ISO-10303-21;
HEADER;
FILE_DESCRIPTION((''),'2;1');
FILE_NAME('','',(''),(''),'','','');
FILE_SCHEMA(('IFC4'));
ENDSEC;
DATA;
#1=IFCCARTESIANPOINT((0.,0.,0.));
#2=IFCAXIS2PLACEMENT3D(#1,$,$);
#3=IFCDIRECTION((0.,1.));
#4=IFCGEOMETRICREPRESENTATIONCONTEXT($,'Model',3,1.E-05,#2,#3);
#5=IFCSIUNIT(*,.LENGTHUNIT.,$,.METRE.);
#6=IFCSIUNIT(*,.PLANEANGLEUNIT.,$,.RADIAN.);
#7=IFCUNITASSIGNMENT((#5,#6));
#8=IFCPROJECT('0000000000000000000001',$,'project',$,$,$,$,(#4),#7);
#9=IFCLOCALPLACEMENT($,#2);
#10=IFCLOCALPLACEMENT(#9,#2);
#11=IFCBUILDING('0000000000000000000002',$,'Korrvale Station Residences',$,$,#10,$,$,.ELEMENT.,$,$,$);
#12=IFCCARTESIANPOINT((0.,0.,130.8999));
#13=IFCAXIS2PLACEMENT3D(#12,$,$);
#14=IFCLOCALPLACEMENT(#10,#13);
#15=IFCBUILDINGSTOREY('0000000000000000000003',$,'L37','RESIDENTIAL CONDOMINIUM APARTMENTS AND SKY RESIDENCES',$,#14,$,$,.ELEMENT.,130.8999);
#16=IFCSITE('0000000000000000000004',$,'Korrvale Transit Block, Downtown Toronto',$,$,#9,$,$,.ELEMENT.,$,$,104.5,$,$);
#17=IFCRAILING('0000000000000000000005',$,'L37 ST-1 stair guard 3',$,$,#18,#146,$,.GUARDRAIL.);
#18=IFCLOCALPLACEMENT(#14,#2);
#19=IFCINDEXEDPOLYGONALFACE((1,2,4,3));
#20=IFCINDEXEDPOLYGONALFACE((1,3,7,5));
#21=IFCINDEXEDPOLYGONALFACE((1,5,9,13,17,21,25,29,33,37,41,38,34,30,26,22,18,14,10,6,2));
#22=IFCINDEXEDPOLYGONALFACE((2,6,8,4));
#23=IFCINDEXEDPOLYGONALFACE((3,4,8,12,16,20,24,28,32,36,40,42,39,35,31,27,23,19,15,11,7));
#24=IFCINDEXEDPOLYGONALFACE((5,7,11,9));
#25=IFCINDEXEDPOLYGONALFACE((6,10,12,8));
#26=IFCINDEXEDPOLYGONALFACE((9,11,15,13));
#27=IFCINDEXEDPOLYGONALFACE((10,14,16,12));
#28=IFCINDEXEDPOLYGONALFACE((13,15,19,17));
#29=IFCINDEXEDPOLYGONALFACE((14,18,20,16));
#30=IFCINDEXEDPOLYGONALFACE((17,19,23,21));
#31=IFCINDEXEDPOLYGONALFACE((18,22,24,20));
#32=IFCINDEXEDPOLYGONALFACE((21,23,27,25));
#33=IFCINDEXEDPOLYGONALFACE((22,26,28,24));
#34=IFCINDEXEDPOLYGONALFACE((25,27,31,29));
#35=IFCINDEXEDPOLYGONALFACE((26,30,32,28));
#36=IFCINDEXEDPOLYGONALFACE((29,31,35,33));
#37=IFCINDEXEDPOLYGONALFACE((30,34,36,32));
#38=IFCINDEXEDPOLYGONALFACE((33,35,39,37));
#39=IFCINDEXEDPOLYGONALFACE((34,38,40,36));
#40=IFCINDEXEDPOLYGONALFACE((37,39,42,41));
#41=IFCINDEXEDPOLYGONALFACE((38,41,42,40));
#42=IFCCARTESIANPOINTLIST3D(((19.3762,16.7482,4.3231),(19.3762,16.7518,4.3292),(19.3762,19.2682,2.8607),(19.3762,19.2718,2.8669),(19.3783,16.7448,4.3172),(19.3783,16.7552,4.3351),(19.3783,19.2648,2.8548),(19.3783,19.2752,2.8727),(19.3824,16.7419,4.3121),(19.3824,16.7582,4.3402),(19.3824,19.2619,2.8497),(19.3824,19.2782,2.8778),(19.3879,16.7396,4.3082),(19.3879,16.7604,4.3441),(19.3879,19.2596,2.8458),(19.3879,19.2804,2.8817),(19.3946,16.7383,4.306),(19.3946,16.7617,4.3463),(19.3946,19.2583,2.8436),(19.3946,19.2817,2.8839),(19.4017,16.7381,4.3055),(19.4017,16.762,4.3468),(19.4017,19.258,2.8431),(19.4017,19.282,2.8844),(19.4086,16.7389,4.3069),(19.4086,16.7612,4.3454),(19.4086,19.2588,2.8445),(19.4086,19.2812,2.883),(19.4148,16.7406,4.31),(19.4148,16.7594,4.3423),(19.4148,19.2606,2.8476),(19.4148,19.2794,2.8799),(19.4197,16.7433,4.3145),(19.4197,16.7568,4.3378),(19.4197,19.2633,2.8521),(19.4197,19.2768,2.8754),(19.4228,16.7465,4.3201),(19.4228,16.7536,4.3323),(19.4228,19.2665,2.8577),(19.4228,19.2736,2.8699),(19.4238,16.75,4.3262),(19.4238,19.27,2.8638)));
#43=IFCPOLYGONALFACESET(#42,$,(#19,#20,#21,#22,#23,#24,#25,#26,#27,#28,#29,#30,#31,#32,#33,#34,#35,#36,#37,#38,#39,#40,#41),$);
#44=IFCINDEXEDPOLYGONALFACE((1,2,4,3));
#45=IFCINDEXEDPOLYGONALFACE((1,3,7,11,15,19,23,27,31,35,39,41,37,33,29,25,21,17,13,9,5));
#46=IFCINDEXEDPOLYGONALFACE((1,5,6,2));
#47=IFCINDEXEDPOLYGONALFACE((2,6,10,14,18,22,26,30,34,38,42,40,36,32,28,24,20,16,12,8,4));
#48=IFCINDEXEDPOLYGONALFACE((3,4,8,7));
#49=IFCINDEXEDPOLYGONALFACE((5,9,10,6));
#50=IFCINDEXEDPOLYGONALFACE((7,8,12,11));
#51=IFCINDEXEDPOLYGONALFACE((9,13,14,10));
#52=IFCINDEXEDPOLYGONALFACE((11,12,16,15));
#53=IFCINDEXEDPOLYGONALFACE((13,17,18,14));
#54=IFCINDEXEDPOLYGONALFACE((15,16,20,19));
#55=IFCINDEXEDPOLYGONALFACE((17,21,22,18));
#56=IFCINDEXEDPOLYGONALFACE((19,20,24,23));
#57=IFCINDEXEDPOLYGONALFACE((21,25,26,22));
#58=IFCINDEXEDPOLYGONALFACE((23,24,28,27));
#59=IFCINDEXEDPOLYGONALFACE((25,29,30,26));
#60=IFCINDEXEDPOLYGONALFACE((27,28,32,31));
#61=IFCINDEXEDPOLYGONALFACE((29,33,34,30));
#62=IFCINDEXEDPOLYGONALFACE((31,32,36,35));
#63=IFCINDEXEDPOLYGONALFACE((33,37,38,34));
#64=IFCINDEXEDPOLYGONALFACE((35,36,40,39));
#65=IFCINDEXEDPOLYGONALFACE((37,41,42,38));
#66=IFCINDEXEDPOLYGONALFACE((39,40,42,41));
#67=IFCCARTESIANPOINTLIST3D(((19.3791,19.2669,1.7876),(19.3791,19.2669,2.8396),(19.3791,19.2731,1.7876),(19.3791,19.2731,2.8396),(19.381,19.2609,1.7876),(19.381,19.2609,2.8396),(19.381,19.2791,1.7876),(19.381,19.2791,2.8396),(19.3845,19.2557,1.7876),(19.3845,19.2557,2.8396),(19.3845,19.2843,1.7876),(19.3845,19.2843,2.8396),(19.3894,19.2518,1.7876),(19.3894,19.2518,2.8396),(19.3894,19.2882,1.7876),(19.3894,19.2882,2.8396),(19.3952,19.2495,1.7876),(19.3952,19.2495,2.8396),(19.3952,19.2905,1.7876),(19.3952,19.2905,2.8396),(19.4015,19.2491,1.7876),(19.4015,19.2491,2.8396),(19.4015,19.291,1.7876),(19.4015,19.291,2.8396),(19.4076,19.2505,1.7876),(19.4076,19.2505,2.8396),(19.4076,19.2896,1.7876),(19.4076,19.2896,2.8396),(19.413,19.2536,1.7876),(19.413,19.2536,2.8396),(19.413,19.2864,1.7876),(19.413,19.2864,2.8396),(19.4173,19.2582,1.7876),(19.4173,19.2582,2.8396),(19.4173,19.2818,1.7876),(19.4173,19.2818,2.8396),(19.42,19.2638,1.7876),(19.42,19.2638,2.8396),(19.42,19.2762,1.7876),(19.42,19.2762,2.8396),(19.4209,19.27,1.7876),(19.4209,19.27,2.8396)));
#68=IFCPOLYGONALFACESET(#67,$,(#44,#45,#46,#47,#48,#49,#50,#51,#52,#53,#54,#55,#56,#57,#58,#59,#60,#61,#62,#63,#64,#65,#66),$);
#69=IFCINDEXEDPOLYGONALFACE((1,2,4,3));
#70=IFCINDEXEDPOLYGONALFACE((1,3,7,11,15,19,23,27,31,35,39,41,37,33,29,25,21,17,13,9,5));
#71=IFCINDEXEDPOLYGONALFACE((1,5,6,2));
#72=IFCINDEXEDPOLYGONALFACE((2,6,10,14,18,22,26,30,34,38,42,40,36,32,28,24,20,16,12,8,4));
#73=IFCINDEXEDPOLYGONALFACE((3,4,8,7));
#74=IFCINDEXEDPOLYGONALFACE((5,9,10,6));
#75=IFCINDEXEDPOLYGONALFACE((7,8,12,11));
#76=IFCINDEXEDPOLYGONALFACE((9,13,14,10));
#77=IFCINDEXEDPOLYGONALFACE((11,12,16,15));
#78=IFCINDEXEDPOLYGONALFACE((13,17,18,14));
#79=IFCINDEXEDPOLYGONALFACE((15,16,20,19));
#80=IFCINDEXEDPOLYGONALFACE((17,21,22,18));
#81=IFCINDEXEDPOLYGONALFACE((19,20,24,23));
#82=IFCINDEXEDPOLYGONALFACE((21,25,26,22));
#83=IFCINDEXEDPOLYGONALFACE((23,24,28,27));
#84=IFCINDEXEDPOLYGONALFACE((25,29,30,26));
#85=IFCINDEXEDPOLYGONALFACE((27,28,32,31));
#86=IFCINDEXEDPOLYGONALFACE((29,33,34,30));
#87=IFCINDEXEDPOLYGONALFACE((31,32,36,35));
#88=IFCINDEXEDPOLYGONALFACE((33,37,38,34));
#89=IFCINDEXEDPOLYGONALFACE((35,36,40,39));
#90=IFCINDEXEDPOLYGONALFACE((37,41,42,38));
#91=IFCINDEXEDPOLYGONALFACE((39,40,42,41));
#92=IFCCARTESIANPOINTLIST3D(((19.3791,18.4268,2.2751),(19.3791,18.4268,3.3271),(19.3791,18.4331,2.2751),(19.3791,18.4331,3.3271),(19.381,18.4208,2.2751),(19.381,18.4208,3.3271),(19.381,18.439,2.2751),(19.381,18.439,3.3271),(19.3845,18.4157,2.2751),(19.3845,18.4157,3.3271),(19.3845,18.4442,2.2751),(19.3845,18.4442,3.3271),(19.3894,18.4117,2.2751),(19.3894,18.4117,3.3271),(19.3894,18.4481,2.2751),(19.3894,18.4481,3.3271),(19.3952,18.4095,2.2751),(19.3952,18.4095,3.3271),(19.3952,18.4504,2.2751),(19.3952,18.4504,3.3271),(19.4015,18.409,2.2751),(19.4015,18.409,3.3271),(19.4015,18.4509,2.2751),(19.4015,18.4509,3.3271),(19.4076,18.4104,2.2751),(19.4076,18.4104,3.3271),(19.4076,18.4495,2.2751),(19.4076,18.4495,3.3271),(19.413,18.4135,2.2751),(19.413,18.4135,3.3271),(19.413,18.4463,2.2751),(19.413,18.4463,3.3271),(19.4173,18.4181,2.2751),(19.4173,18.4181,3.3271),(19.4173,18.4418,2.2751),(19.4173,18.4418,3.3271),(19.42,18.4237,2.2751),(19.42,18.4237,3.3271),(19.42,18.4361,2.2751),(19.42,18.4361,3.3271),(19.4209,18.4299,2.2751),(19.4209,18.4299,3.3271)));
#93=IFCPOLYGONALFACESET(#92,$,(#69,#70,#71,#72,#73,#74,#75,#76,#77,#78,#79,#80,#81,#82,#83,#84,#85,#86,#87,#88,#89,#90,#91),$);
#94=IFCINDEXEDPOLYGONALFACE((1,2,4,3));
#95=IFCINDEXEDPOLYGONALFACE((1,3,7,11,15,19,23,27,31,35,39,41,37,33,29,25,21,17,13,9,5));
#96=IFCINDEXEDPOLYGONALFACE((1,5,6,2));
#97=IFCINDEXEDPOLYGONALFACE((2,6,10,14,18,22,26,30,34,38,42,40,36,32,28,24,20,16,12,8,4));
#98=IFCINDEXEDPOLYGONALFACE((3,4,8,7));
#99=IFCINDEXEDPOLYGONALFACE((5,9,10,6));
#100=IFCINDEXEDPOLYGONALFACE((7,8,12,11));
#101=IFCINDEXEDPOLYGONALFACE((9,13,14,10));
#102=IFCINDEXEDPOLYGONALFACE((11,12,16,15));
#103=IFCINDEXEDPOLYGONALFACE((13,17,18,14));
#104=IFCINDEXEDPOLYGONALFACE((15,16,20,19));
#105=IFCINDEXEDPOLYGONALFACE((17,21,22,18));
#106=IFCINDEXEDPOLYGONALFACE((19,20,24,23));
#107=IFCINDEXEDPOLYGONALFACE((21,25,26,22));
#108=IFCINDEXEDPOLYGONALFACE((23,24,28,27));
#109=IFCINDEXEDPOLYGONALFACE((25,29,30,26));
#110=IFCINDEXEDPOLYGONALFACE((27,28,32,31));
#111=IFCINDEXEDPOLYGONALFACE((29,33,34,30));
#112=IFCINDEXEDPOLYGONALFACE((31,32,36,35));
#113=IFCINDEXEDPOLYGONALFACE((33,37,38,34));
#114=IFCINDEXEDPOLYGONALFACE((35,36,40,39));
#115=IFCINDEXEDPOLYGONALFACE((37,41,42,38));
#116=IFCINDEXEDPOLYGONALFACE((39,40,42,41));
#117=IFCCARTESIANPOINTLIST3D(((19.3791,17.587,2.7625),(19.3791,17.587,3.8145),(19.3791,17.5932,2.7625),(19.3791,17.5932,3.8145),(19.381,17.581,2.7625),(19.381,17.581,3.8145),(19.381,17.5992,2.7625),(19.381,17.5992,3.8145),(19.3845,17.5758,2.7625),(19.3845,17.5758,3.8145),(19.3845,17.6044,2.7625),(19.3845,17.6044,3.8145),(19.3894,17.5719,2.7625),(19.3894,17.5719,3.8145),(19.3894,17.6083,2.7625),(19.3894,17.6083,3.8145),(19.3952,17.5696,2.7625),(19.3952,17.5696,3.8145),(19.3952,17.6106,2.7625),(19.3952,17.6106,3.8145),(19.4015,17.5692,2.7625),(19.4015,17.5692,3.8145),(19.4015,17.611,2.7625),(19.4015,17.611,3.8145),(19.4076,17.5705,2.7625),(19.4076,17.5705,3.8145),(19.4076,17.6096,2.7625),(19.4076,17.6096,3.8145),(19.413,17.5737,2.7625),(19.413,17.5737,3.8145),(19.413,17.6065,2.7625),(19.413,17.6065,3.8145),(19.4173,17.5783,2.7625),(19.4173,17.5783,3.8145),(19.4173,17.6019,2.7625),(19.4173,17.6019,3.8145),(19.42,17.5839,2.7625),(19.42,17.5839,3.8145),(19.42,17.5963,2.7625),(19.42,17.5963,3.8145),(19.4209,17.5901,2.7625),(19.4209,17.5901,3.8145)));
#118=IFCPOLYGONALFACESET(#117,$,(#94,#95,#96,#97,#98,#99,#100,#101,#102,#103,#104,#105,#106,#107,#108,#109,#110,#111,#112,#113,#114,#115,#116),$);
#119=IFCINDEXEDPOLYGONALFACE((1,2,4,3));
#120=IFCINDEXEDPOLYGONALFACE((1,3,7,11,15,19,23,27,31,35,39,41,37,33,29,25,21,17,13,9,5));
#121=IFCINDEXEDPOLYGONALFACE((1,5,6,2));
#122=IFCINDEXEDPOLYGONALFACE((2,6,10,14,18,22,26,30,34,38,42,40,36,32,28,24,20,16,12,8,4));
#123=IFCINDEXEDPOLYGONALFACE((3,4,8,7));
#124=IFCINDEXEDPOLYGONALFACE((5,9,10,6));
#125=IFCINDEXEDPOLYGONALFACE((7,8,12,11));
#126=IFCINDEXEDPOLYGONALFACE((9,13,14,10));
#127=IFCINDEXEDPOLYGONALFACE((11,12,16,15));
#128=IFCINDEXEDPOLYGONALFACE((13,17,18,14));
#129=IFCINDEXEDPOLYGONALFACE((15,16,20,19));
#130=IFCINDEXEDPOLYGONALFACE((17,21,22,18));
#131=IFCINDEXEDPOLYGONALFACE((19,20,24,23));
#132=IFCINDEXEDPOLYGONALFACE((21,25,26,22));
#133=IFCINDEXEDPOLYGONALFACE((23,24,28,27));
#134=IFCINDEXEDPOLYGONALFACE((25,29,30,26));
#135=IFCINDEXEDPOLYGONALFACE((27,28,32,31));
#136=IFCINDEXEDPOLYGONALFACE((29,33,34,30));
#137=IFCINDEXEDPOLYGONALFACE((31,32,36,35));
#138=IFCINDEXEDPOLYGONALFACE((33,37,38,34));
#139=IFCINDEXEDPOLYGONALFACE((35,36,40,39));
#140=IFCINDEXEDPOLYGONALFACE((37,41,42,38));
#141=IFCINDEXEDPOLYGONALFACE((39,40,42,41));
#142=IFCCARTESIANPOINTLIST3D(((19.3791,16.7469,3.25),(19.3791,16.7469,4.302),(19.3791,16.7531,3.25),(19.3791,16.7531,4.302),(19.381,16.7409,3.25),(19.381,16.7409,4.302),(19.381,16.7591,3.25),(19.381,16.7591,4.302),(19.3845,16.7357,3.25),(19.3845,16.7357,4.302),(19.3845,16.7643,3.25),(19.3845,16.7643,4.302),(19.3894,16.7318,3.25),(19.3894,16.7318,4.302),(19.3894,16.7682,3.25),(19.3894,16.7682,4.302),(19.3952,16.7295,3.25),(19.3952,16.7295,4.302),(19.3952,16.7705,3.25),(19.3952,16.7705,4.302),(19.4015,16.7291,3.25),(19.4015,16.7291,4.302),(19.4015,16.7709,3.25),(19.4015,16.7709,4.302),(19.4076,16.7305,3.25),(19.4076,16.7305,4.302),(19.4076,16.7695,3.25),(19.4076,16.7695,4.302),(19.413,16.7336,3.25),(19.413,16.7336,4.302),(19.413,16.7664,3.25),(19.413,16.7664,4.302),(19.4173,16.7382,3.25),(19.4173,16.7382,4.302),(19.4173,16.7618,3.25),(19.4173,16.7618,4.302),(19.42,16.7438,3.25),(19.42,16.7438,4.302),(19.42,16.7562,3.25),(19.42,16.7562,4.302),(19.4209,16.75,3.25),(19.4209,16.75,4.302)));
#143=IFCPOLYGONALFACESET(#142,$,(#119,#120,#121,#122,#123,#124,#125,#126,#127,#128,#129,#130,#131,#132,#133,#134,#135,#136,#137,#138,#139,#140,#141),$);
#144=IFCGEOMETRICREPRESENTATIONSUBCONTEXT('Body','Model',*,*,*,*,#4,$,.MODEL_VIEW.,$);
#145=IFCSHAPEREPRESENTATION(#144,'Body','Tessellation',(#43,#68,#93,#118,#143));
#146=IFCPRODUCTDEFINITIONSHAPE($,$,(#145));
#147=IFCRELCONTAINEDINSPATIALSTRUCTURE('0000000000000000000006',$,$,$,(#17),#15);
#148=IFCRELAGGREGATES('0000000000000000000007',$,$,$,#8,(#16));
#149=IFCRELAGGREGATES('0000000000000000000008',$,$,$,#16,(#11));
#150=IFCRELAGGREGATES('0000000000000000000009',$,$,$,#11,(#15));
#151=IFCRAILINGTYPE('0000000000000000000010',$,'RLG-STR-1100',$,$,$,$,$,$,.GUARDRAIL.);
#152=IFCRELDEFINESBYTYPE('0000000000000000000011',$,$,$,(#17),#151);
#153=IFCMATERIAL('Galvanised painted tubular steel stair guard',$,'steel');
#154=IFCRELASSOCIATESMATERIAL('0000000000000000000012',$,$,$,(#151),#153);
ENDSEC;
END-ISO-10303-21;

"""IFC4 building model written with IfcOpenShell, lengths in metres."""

from ifc_helpers import new_model, si_unit, direction, frame, origin, origin_2d, place, context, subcontext, project, spatial, circle, extrude, material, type_object, element, save


model = new_model("IFC4")

# Units and contexts
model_context = context("Model", 3, precision=1e-05, world=origin(), true_north=direction((0.0, 1.0)))
body_context = subcontext(model_context, "Body", "Model", "MODEL_VIEW")
ifc_project = project(units=[si_unit("LENGTHUNIT", "METRE"), si_unit("PLANEANGLEUNIT", "RADIAN")], contexts=[model_context])

# Site, building, storey
site_placement = place(None, origin())
site = spatial("IfcSite", under=ifc_project, at=site_placement, Name="Korrvale Transit Block, Downtown Toronto", CompositionType="ELEMENT", RefElevation=104.5)
building_placement = place(site_placement, origin())
building = spatial("IfcBuilding", under=site, at=building_placement, Name="Korrvale Station Residences", CompositionType="ELEMENT")
storey_placement = place(building_placement, frame((0.0, 0.0, 130.8999)))
storey = spatial("IfcBuildingStorey", under=building, at=storey_placement, Name="L37", Description="RESIDENTIAL CONDOMINIUM APARTMENTS AND SKY RESIDENCES", CompositionType="ELEMENT", Elevation=130.8999)

# Railing
ifc_material_1 = material(Name="Galvanised painted tubular steel stair guard", Category="steel")
railing_type_1 = type_object("IfcRailingType", Name="RLG-STR-1100", PredefinedType="GUARDRAIL", material=ifc_material_1)
railing_1_placement = place(storey_placement, frame((19.3999, 19.27, 1.7876)))
element("IfcRailing", 1, at=railing_1_placement, inside=storey, type_object=railing_type_1, Name="L37 ST-1 stair guard 3", PredefinedType="GUARDRAIL", context=body_context, shape_type="SweptSolid", body=[
    extrude(circle(Radius=0.0239, at=origin_2d()), frame((0.0, 0.0, 1.0762), z_axis=(0.0, -0.864913, 0.501921), x_axis=(1.0, 0.0, 0.0)), (0.0, 0.0, 1.0), 2.9136),
    extrude(circle(Radius=0.021, at=origin_2d()), origin(), (0.0, 0.0, 1.0), 1.052),
    extrude(circle(Radius=0.021, at=origin_2d()), frame((0.0, -0.8401, 0.4875)), (0.0, 0.0, 1.0), 1.052),
    extrude(circle(Radius=0.021, at=origin_2d()), frame((0.0, -1.6799, 0.9749)), (0.0, 0.0, 1.0), 1.052),
    extrude(circle(Radius=0.021, at=origin_2d()), frame((0.0, -2.52, 1.4624)), (0.0, 0.0, 1.0), 1.052),
])

save(model, "model.ifc")
